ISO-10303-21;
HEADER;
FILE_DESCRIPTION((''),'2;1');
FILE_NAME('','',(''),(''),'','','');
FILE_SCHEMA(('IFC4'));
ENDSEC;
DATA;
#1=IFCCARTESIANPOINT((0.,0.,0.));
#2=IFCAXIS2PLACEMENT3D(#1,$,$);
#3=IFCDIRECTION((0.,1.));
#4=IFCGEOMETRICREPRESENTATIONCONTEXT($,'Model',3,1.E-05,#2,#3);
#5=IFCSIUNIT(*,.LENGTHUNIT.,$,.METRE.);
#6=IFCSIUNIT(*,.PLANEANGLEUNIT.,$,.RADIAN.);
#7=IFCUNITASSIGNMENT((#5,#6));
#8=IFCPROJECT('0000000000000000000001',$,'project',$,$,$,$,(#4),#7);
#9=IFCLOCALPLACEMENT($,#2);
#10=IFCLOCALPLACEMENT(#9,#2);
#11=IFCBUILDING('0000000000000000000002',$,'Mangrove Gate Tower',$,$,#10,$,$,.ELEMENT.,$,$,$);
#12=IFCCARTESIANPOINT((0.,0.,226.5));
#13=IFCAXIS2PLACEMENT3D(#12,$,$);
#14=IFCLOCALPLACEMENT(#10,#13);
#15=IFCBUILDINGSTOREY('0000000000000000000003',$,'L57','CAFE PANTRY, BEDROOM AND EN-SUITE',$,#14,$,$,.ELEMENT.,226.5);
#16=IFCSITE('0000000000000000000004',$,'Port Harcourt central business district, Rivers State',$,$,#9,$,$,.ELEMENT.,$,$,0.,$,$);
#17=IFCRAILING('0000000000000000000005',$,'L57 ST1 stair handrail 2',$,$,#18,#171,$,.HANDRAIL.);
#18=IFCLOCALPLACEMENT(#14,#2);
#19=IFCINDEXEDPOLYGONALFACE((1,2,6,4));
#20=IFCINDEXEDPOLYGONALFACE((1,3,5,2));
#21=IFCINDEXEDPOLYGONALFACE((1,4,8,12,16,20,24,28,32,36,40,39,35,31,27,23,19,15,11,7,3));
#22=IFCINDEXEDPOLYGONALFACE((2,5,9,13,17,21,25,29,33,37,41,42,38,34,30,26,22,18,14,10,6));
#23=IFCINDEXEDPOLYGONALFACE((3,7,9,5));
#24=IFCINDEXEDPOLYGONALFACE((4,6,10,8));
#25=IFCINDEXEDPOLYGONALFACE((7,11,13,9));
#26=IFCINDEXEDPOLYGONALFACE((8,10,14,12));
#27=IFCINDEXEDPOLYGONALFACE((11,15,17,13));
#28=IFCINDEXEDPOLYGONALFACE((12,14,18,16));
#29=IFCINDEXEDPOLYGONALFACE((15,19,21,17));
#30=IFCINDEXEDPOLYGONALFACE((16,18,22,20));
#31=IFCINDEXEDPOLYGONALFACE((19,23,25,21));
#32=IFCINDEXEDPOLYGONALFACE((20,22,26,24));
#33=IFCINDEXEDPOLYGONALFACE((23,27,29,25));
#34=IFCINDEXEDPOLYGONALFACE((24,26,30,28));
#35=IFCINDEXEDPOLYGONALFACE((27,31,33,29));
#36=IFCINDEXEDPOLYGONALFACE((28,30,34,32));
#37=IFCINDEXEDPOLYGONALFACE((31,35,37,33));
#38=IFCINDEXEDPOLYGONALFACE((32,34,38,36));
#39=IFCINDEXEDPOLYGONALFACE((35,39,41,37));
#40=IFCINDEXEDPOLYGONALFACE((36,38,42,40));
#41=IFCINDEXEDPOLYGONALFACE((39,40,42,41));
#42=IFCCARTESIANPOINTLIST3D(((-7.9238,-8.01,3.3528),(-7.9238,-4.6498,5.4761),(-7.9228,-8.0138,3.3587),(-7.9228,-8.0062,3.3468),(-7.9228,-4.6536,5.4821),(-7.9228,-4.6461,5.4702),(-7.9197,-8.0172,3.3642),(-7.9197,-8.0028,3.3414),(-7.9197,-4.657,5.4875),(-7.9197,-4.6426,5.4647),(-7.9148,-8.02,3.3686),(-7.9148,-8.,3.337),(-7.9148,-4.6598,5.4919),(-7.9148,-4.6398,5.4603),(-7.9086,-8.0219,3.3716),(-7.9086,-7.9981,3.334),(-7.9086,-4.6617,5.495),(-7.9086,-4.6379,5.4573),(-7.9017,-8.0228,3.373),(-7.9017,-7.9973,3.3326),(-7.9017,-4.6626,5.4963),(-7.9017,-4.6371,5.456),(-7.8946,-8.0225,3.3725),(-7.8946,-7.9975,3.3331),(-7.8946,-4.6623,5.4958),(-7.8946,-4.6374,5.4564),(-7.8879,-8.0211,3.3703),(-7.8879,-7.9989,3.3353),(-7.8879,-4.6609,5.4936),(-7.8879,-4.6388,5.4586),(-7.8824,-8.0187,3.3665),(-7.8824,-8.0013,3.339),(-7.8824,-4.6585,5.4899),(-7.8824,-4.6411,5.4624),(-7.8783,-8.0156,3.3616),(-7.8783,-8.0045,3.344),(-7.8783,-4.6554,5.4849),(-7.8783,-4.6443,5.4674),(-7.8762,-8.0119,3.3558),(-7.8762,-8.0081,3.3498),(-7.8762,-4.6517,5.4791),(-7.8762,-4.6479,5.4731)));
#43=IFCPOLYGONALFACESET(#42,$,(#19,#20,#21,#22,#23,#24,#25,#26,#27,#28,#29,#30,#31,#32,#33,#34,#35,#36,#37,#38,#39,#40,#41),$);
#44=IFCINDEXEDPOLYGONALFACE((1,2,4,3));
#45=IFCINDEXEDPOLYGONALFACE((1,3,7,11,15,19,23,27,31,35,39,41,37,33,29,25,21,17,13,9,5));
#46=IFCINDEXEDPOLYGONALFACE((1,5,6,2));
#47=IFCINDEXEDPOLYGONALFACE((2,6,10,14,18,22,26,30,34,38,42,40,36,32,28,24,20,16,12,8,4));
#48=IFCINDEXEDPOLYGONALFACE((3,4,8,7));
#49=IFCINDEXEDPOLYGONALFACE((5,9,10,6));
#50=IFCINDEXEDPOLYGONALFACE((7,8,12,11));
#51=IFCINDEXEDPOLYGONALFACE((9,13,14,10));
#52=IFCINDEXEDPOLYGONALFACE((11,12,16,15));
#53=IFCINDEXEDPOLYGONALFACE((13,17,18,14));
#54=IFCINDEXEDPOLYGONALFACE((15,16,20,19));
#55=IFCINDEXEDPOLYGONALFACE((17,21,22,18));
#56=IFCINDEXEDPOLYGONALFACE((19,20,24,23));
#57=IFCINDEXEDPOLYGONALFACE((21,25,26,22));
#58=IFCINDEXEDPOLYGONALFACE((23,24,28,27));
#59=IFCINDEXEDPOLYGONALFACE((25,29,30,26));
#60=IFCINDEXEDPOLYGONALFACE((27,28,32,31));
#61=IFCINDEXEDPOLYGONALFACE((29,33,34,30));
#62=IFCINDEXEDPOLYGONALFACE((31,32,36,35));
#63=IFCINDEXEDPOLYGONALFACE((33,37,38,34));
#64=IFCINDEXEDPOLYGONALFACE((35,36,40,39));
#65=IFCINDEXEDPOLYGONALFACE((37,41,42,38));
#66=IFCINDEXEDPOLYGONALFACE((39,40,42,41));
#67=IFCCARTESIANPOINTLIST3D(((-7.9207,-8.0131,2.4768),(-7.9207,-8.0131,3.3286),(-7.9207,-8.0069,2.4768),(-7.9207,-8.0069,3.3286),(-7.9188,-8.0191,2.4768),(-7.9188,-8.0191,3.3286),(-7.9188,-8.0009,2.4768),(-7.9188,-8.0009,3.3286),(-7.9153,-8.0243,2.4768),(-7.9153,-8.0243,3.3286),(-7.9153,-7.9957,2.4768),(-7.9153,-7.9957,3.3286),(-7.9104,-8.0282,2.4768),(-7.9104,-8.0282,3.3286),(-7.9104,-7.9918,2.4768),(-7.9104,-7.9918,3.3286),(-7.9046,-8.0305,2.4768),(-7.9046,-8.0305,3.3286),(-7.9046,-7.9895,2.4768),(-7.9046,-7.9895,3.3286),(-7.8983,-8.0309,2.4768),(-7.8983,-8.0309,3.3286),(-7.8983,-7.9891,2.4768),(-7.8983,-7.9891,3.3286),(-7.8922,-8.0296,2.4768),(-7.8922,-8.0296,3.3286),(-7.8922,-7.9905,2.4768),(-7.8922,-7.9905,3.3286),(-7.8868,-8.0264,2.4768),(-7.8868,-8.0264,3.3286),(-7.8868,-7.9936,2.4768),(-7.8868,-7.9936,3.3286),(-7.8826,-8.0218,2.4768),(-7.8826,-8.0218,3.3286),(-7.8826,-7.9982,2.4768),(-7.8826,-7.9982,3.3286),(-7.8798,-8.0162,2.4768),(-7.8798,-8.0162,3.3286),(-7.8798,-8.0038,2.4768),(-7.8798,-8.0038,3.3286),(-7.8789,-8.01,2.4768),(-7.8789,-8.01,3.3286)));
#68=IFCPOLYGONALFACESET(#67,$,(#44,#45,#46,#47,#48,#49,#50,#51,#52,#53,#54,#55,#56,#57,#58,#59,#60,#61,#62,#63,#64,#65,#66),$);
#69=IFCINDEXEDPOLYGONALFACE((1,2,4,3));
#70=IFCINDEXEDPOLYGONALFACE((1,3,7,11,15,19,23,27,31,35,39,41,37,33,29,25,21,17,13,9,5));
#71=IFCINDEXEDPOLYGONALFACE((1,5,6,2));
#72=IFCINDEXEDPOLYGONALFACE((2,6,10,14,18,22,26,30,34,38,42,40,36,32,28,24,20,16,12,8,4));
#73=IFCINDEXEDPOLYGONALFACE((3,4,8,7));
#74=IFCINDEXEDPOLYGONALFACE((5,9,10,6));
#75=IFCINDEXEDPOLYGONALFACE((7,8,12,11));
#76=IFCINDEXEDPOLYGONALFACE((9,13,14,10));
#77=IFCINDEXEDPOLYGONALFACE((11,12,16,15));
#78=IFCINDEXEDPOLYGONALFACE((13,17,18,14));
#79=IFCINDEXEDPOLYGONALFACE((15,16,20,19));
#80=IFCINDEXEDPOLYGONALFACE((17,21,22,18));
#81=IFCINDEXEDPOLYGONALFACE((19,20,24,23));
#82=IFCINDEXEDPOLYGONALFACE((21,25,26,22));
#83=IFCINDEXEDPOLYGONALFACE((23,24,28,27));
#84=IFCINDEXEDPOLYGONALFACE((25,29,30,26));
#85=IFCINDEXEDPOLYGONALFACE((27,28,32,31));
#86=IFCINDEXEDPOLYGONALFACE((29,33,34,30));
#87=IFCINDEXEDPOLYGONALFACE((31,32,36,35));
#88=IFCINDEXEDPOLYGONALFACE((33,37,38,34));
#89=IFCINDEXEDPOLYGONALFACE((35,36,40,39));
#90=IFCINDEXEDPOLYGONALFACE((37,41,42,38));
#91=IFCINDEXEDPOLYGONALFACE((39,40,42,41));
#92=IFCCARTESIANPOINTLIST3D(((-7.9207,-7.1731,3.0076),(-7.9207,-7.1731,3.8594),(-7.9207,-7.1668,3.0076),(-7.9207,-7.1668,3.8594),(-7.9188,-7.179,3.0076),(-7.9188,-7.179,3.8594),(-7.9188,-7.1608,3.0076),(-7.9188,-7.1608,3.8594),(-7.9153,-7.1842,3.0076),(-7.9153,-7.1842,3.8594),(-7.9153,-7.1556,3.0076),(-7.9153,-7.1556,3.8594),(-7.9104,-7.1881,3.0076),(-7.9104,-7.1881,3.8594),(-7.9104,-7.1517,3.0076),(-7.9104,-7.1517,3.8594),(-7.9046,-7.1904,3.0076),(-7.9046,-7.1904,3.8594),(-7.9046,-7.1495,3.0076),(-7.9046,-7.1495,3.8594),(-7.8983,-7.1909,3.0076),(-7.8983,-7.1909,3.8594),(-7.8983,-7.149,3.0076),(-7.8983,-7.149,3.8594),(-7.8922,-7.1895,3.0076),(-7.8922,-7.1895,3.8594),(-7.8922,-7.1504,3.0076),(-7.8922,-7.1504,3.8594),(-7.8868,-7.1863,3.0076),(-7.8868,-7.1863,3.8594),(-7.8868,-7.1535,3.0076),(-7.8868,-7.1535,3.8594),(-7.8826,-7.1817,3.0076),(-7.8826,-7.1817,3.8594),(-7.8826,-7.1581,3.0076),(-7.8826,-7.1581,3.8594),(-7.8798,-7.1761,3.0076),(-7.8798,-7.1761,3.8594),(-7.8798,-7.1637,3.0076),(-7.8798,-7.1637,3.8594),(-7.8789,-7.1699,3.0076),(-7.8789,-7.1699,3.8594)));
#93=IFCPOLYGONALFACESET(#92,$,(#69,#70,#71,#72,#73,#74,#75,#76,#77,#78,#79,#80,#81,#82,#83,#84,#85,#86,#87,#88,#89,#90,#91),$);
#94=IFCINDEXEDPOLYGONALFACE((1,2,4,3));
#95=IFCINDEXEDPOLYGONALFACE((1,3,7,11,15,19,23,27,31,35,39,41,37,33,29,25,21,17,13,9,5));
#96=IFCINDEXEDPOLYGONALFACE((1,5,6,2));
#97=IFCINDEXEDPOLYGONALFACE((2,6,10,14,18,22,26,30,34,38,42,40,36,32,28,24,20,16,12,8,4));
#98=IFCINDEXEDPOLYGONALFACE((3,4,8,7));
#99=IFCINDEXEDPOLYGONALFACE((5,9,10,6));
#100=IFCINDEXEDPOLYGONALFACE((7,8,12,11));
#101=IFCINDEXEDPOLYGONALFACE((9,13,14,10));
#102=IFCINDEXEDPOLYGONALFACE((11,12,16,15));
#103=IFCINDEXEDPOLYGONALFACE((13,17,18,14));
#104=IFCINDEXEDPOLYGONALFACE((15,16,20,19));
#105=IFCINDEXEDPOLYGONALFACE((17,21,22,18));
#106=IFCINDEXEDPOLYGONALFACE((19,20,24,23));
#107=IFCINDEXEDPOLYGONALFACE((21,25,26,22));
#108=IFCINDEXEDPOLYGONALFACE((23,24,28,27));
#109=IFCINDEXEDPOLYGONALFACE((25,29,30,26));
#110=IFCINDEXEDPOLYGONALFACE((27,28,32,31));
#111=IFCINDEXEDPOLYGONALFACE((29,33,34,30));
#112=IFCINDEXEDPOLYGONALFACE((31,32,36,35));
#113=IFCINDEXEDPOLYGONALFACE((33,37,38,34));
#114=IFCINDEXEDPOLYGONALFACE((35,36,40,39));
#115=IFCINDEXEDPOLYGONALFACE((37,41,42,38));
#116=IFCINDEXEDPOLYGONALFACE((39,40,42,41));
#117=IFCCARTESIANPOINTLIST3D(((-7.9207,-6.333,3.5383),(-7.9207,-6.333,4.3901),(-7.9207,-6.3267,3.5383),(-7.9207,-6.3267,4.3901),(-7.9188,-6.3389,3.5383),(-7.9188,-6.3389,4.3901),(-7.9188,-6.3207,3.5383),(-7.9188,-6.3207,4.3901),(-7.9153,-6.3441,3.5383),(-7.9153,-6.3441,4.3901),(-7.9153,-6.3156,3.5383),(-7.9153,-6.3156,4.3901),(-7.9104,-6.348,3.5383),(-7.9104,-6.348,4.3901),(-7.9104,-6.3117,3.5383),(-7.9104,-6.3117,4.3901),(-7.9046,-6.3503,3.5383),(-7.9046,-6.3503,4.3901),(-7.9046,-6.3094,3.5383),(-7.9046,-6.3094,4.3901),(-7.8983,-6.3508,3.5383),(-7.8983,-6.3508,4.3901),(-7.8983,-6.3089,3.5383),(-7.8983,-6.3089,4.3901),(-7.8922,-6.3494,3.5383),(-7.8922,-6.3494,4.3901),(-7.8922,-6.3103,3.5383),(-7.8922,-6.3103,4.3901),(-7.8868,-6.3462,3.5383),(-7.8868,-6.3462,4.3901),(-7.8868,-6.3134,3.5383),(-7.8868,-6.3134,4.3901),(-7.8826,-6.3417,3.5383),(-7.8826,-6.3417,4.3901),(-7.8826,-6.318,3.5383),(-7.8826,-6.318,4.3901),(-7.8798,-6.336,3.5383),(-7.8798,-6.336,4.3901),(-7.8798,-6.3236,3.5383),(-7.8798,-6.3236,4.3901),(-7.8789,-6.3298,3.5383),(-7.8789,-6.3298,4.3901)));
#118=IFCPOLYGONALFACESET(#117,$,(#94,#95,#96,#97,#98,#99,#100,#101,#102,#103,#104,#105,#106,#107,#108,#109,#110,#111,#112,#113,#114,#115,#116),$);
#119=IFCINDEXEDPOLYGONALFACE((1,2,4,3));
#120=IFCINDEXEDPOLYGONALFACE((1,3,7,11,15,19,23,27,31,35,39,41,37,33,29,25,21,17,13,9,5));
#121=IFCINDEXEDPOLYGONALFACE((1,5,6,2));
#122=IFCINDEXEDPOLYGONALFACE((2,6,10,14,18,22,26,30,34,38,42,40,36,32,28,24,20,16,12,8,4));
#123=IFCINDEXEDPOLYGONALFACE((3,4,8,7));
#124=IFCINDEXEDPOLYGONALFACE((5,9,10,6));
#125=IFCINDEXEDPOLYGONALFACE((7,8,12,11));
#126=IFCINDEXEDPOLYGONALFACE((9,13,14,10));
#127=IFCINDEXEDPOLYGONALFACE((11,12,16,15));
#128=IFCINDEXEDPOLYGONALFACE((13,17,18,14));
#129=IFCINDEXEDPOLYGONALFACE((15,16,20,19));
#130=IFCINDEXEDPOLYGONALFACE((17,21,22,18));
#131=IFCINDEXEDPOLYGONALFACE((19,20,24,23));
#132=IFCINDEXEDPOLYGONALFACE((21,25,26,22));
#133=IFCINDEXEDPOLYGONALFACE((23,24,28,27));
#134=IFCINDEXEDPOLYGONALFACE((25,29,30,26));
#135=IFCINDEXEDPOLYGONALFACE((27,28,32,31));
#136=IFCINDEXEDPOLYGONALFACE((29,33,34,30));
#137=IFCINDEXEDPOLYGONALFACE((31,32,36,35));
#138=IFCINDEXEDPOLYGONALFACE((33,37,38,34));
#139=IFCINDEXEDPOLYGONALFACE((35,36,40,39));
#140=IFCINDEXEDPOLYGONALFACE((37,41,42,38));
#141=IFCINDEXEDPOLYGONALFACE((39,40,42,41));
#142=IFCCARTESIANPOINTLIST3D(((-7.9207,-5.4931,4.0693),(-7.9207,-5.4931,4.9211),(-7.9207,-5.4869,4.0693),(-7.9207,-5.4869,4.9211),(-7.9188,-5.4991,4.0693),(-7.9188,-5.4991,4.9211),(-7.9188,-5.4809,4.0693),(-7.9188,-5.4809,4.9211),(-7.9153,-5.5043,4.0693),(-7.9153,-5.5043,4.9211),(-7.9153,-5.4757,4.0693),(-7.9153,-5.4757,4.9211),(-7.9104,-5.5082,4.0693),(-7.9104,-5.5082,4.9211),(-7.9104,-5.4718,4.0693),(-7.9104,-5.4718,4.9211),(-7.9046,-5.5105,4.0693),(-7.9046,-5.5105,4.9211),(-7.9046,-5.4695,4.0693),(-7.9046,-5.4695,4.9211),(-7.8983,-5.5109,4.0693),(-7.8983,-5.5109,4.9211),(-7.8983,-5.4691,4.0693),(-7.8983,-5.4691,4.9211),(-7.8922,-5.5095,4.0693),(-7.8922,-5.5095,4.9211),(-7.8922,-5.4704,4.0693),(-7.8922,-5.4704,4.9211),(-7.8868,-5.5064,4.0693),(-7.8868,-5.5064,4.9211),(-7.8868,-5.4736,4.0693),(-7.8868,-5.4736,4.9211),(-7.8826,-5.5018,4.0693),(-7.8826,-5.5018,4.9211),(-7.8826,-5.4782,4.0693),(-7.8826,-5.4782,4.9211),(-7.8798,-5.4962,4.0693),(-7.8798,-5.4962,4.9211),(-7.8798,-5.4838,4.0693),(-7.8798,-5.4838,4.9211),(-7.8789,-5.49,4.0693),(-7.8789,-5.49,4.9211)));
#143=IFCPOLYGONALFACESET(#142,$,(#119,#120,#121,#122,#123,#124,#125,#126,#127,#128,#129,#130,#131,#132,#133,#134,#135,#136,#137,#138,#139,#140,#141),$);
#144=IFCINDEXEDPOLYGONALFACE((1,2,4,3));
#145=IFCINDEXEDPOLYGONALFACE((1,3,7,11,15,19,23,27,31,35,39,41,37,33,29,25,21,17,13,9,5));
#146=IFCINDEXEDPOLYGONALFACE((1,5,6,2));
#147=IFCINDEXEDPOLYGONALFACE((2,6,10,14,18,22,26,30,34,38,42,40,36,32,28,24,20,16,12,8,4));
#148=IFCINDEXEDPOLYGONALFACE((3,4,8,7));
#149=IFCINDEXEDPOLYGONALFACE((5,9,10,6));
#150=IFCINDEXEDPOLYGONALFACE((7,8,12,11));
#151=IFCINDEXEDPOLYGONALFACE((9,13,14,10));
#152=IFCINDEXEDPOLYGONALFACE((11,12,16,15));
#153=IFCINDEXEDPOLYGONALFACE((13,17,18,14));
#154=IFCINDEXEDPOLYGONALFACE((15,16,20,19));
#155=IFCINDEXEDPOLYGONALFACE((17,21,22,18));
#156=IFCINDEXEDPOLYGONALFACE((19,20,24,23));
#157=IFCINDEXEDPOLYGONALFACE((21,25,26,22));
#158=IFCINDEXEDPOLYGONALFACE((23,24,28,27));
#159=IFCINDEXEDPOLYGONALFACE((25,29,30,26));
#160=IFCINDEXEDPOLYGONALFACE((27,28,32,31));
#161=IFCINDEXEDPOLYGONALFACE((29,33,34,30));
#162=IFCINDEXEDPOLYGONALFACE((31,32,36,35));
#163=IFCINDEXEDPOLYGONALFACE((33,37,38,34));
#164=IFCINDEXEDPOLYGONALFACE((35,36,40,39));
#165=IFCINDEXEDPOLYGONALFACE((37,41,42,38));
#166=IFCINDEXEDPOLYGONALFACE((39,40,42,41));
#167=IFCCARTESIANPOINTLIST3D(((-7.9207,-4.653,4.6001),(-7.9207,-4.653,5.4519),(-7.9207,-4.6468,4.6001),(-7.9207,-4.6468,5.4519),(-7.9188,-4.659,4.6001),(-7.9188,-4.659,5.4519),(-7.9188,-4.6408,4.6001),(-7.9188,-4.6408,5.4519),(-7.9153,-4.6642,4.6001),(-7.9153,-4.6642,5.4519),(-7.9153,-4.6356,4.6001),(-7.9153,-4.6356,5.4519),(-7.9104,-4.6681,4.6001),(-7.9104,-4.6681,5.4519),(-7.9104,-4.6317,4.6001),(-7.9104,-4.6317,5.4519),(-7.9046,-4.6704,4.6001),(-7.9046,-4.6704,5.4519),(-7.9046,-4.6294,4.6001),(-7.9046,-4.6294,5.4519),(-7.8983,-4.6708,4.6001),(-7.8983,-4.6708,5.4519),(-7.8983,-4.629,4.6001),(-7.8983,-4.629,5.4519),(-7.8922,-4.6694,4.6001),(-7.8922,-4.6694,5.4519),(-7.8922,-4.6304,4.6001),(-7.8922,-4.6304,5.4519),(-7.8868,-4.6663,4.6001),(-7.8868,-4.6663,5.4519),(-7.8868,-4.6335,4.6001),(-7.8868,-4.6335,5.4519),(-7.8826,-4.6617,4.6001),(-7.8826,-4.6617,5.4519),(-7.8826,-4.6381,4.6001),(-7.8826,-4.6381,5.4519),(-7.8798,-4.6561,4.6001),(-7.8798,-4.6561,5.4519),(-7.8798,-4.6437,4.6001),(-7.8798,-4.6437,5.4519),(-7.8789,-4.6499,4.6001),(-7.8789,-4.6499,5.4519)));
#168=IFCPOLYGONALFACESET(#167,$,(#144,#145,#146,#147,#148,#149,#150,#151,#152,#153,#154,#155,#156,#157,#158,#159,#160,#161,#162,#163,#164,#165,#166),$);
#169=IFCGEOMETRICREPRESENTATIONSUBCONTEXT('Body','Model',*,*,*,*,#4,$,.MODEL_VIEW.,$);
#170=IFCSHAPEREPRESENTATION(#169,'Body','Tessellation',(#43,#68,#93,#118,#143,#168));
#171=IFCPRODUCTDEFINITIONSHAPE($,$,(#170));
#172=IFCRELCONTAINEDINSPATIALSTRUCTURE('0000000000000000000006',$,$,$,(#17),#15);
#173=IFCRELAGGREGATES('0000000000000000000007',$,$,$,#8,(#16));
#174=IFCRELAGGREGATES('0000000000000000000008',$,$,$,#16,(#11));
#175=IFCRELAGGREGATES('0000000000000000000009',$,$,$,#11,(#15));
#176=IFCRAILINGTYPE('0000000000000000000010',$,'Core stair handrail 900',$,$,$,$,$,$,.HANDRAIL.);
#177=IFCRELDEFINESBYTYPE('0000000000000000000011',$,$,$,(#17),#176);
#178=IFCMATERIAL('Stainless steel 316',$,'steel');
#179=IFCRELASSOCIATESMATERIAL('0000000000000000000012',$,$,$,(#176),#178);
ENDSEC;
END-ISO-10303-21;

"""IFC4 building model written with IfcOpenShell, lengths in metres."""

from ifc_helpers import new_model, si_unit, direction, frame, origin, origin_2d, place, context, subcontext, project, spatial, circle, extrude, material, type_object, element, save


model = new_model("IFC4")

# Units and contexts
model_context = context("Model", 3, precision=1e-05, world=origin(), true_north=direction((0.0, 1.0)))
body_context = subcontext(model_context, "Body", "Model", "MODEL_VIEW")
ifc_project = project(units=[si_unit("LENGTHUNIT", "METRE"), si_unit("PLANEANGLEUNIT", "RADIAN")], contexts=[model_context])

# Site, building, storey
site_placement = place(None, origin())
site = spatial("IfcSite", under=ifc_project, at=site_placement, Name="Port Harcourt central business district, Rivers State", CompositionType="ELEMENT", RefElevation=0.0)
building_placement = place(site_placement, origin())
building = spatial("IfcBuilding", under=site, at=building_placement, Name="Mangrove Gate Tower", CompositionType="ELEMENT")
storey_placement = place(building_placement, frame((0.0, 0.0, 226.5)))
storey = spatial("IfcBuildingStorey", under=building, at=storey_placement, Name="L57", Description="CAFE PANTRY, BEDROOM AND EN-SUITE", CompositionType="ELEMENT", Elevation=226.5)

# Railing
ifc_material_1 = material(Name="Stainless steel 316", Category="steel")
railing_type_1 = type_object("IfcRailingType", Name="Core stair handrail 900", PredefinedType="HANDRAIL", material=ifc_material_1)
railing_1_placement = place(storey_placement, frame((-7.8999, -8.01, 2.4768)))
element("IfcRailing", 1, at=railing_1_placement, inside=storey, type_object=railing_type_1, Name="L57 ST1 stair handrail 2", PredefinedType="HANDRAIL", context=body_context, shape_type="SweptSolid", body=[
    extrude(circle(Radius=0.0239, at=origin_2d()), frame((0.0, 0.0, 0.876), z_axis=(0.0, 0.845362, 0.534194), x_axis=(-1.0, 0.0, 0.0)), (0.0, 0.0, 1.0), 3.9749),
    extrude(circle(Radius=0.021, at=origin_2d()), origin(), (0.0, 0.0, 1.0), 0.8518),
    extrude(circle(Radius=0.021, at=origin_2d()), frame((0.0, 0.8401, 0.5308)), (0.0, 0.0, 1.0), 0.8518),
    extrude(circle(Radius=0.021, at=origin_2d()), frame((0.0, 1.6802, 1.0615)), (0.0, 0.0, 1.0), 0.8518),
    extrude(circle(Radius=0.021, at=origin_2d()), frame((0.0, 2.52, 1.5925)), (0.0, 0.0, 1.0), 0.8518),
    extrude(circle(Radius=0.021, at=origin_2d()), frame((0.0, 3.3601, 2.1233)), (0.0, 0.0, 1.0), 0.8518),
])

save(model, "model.ifc")
